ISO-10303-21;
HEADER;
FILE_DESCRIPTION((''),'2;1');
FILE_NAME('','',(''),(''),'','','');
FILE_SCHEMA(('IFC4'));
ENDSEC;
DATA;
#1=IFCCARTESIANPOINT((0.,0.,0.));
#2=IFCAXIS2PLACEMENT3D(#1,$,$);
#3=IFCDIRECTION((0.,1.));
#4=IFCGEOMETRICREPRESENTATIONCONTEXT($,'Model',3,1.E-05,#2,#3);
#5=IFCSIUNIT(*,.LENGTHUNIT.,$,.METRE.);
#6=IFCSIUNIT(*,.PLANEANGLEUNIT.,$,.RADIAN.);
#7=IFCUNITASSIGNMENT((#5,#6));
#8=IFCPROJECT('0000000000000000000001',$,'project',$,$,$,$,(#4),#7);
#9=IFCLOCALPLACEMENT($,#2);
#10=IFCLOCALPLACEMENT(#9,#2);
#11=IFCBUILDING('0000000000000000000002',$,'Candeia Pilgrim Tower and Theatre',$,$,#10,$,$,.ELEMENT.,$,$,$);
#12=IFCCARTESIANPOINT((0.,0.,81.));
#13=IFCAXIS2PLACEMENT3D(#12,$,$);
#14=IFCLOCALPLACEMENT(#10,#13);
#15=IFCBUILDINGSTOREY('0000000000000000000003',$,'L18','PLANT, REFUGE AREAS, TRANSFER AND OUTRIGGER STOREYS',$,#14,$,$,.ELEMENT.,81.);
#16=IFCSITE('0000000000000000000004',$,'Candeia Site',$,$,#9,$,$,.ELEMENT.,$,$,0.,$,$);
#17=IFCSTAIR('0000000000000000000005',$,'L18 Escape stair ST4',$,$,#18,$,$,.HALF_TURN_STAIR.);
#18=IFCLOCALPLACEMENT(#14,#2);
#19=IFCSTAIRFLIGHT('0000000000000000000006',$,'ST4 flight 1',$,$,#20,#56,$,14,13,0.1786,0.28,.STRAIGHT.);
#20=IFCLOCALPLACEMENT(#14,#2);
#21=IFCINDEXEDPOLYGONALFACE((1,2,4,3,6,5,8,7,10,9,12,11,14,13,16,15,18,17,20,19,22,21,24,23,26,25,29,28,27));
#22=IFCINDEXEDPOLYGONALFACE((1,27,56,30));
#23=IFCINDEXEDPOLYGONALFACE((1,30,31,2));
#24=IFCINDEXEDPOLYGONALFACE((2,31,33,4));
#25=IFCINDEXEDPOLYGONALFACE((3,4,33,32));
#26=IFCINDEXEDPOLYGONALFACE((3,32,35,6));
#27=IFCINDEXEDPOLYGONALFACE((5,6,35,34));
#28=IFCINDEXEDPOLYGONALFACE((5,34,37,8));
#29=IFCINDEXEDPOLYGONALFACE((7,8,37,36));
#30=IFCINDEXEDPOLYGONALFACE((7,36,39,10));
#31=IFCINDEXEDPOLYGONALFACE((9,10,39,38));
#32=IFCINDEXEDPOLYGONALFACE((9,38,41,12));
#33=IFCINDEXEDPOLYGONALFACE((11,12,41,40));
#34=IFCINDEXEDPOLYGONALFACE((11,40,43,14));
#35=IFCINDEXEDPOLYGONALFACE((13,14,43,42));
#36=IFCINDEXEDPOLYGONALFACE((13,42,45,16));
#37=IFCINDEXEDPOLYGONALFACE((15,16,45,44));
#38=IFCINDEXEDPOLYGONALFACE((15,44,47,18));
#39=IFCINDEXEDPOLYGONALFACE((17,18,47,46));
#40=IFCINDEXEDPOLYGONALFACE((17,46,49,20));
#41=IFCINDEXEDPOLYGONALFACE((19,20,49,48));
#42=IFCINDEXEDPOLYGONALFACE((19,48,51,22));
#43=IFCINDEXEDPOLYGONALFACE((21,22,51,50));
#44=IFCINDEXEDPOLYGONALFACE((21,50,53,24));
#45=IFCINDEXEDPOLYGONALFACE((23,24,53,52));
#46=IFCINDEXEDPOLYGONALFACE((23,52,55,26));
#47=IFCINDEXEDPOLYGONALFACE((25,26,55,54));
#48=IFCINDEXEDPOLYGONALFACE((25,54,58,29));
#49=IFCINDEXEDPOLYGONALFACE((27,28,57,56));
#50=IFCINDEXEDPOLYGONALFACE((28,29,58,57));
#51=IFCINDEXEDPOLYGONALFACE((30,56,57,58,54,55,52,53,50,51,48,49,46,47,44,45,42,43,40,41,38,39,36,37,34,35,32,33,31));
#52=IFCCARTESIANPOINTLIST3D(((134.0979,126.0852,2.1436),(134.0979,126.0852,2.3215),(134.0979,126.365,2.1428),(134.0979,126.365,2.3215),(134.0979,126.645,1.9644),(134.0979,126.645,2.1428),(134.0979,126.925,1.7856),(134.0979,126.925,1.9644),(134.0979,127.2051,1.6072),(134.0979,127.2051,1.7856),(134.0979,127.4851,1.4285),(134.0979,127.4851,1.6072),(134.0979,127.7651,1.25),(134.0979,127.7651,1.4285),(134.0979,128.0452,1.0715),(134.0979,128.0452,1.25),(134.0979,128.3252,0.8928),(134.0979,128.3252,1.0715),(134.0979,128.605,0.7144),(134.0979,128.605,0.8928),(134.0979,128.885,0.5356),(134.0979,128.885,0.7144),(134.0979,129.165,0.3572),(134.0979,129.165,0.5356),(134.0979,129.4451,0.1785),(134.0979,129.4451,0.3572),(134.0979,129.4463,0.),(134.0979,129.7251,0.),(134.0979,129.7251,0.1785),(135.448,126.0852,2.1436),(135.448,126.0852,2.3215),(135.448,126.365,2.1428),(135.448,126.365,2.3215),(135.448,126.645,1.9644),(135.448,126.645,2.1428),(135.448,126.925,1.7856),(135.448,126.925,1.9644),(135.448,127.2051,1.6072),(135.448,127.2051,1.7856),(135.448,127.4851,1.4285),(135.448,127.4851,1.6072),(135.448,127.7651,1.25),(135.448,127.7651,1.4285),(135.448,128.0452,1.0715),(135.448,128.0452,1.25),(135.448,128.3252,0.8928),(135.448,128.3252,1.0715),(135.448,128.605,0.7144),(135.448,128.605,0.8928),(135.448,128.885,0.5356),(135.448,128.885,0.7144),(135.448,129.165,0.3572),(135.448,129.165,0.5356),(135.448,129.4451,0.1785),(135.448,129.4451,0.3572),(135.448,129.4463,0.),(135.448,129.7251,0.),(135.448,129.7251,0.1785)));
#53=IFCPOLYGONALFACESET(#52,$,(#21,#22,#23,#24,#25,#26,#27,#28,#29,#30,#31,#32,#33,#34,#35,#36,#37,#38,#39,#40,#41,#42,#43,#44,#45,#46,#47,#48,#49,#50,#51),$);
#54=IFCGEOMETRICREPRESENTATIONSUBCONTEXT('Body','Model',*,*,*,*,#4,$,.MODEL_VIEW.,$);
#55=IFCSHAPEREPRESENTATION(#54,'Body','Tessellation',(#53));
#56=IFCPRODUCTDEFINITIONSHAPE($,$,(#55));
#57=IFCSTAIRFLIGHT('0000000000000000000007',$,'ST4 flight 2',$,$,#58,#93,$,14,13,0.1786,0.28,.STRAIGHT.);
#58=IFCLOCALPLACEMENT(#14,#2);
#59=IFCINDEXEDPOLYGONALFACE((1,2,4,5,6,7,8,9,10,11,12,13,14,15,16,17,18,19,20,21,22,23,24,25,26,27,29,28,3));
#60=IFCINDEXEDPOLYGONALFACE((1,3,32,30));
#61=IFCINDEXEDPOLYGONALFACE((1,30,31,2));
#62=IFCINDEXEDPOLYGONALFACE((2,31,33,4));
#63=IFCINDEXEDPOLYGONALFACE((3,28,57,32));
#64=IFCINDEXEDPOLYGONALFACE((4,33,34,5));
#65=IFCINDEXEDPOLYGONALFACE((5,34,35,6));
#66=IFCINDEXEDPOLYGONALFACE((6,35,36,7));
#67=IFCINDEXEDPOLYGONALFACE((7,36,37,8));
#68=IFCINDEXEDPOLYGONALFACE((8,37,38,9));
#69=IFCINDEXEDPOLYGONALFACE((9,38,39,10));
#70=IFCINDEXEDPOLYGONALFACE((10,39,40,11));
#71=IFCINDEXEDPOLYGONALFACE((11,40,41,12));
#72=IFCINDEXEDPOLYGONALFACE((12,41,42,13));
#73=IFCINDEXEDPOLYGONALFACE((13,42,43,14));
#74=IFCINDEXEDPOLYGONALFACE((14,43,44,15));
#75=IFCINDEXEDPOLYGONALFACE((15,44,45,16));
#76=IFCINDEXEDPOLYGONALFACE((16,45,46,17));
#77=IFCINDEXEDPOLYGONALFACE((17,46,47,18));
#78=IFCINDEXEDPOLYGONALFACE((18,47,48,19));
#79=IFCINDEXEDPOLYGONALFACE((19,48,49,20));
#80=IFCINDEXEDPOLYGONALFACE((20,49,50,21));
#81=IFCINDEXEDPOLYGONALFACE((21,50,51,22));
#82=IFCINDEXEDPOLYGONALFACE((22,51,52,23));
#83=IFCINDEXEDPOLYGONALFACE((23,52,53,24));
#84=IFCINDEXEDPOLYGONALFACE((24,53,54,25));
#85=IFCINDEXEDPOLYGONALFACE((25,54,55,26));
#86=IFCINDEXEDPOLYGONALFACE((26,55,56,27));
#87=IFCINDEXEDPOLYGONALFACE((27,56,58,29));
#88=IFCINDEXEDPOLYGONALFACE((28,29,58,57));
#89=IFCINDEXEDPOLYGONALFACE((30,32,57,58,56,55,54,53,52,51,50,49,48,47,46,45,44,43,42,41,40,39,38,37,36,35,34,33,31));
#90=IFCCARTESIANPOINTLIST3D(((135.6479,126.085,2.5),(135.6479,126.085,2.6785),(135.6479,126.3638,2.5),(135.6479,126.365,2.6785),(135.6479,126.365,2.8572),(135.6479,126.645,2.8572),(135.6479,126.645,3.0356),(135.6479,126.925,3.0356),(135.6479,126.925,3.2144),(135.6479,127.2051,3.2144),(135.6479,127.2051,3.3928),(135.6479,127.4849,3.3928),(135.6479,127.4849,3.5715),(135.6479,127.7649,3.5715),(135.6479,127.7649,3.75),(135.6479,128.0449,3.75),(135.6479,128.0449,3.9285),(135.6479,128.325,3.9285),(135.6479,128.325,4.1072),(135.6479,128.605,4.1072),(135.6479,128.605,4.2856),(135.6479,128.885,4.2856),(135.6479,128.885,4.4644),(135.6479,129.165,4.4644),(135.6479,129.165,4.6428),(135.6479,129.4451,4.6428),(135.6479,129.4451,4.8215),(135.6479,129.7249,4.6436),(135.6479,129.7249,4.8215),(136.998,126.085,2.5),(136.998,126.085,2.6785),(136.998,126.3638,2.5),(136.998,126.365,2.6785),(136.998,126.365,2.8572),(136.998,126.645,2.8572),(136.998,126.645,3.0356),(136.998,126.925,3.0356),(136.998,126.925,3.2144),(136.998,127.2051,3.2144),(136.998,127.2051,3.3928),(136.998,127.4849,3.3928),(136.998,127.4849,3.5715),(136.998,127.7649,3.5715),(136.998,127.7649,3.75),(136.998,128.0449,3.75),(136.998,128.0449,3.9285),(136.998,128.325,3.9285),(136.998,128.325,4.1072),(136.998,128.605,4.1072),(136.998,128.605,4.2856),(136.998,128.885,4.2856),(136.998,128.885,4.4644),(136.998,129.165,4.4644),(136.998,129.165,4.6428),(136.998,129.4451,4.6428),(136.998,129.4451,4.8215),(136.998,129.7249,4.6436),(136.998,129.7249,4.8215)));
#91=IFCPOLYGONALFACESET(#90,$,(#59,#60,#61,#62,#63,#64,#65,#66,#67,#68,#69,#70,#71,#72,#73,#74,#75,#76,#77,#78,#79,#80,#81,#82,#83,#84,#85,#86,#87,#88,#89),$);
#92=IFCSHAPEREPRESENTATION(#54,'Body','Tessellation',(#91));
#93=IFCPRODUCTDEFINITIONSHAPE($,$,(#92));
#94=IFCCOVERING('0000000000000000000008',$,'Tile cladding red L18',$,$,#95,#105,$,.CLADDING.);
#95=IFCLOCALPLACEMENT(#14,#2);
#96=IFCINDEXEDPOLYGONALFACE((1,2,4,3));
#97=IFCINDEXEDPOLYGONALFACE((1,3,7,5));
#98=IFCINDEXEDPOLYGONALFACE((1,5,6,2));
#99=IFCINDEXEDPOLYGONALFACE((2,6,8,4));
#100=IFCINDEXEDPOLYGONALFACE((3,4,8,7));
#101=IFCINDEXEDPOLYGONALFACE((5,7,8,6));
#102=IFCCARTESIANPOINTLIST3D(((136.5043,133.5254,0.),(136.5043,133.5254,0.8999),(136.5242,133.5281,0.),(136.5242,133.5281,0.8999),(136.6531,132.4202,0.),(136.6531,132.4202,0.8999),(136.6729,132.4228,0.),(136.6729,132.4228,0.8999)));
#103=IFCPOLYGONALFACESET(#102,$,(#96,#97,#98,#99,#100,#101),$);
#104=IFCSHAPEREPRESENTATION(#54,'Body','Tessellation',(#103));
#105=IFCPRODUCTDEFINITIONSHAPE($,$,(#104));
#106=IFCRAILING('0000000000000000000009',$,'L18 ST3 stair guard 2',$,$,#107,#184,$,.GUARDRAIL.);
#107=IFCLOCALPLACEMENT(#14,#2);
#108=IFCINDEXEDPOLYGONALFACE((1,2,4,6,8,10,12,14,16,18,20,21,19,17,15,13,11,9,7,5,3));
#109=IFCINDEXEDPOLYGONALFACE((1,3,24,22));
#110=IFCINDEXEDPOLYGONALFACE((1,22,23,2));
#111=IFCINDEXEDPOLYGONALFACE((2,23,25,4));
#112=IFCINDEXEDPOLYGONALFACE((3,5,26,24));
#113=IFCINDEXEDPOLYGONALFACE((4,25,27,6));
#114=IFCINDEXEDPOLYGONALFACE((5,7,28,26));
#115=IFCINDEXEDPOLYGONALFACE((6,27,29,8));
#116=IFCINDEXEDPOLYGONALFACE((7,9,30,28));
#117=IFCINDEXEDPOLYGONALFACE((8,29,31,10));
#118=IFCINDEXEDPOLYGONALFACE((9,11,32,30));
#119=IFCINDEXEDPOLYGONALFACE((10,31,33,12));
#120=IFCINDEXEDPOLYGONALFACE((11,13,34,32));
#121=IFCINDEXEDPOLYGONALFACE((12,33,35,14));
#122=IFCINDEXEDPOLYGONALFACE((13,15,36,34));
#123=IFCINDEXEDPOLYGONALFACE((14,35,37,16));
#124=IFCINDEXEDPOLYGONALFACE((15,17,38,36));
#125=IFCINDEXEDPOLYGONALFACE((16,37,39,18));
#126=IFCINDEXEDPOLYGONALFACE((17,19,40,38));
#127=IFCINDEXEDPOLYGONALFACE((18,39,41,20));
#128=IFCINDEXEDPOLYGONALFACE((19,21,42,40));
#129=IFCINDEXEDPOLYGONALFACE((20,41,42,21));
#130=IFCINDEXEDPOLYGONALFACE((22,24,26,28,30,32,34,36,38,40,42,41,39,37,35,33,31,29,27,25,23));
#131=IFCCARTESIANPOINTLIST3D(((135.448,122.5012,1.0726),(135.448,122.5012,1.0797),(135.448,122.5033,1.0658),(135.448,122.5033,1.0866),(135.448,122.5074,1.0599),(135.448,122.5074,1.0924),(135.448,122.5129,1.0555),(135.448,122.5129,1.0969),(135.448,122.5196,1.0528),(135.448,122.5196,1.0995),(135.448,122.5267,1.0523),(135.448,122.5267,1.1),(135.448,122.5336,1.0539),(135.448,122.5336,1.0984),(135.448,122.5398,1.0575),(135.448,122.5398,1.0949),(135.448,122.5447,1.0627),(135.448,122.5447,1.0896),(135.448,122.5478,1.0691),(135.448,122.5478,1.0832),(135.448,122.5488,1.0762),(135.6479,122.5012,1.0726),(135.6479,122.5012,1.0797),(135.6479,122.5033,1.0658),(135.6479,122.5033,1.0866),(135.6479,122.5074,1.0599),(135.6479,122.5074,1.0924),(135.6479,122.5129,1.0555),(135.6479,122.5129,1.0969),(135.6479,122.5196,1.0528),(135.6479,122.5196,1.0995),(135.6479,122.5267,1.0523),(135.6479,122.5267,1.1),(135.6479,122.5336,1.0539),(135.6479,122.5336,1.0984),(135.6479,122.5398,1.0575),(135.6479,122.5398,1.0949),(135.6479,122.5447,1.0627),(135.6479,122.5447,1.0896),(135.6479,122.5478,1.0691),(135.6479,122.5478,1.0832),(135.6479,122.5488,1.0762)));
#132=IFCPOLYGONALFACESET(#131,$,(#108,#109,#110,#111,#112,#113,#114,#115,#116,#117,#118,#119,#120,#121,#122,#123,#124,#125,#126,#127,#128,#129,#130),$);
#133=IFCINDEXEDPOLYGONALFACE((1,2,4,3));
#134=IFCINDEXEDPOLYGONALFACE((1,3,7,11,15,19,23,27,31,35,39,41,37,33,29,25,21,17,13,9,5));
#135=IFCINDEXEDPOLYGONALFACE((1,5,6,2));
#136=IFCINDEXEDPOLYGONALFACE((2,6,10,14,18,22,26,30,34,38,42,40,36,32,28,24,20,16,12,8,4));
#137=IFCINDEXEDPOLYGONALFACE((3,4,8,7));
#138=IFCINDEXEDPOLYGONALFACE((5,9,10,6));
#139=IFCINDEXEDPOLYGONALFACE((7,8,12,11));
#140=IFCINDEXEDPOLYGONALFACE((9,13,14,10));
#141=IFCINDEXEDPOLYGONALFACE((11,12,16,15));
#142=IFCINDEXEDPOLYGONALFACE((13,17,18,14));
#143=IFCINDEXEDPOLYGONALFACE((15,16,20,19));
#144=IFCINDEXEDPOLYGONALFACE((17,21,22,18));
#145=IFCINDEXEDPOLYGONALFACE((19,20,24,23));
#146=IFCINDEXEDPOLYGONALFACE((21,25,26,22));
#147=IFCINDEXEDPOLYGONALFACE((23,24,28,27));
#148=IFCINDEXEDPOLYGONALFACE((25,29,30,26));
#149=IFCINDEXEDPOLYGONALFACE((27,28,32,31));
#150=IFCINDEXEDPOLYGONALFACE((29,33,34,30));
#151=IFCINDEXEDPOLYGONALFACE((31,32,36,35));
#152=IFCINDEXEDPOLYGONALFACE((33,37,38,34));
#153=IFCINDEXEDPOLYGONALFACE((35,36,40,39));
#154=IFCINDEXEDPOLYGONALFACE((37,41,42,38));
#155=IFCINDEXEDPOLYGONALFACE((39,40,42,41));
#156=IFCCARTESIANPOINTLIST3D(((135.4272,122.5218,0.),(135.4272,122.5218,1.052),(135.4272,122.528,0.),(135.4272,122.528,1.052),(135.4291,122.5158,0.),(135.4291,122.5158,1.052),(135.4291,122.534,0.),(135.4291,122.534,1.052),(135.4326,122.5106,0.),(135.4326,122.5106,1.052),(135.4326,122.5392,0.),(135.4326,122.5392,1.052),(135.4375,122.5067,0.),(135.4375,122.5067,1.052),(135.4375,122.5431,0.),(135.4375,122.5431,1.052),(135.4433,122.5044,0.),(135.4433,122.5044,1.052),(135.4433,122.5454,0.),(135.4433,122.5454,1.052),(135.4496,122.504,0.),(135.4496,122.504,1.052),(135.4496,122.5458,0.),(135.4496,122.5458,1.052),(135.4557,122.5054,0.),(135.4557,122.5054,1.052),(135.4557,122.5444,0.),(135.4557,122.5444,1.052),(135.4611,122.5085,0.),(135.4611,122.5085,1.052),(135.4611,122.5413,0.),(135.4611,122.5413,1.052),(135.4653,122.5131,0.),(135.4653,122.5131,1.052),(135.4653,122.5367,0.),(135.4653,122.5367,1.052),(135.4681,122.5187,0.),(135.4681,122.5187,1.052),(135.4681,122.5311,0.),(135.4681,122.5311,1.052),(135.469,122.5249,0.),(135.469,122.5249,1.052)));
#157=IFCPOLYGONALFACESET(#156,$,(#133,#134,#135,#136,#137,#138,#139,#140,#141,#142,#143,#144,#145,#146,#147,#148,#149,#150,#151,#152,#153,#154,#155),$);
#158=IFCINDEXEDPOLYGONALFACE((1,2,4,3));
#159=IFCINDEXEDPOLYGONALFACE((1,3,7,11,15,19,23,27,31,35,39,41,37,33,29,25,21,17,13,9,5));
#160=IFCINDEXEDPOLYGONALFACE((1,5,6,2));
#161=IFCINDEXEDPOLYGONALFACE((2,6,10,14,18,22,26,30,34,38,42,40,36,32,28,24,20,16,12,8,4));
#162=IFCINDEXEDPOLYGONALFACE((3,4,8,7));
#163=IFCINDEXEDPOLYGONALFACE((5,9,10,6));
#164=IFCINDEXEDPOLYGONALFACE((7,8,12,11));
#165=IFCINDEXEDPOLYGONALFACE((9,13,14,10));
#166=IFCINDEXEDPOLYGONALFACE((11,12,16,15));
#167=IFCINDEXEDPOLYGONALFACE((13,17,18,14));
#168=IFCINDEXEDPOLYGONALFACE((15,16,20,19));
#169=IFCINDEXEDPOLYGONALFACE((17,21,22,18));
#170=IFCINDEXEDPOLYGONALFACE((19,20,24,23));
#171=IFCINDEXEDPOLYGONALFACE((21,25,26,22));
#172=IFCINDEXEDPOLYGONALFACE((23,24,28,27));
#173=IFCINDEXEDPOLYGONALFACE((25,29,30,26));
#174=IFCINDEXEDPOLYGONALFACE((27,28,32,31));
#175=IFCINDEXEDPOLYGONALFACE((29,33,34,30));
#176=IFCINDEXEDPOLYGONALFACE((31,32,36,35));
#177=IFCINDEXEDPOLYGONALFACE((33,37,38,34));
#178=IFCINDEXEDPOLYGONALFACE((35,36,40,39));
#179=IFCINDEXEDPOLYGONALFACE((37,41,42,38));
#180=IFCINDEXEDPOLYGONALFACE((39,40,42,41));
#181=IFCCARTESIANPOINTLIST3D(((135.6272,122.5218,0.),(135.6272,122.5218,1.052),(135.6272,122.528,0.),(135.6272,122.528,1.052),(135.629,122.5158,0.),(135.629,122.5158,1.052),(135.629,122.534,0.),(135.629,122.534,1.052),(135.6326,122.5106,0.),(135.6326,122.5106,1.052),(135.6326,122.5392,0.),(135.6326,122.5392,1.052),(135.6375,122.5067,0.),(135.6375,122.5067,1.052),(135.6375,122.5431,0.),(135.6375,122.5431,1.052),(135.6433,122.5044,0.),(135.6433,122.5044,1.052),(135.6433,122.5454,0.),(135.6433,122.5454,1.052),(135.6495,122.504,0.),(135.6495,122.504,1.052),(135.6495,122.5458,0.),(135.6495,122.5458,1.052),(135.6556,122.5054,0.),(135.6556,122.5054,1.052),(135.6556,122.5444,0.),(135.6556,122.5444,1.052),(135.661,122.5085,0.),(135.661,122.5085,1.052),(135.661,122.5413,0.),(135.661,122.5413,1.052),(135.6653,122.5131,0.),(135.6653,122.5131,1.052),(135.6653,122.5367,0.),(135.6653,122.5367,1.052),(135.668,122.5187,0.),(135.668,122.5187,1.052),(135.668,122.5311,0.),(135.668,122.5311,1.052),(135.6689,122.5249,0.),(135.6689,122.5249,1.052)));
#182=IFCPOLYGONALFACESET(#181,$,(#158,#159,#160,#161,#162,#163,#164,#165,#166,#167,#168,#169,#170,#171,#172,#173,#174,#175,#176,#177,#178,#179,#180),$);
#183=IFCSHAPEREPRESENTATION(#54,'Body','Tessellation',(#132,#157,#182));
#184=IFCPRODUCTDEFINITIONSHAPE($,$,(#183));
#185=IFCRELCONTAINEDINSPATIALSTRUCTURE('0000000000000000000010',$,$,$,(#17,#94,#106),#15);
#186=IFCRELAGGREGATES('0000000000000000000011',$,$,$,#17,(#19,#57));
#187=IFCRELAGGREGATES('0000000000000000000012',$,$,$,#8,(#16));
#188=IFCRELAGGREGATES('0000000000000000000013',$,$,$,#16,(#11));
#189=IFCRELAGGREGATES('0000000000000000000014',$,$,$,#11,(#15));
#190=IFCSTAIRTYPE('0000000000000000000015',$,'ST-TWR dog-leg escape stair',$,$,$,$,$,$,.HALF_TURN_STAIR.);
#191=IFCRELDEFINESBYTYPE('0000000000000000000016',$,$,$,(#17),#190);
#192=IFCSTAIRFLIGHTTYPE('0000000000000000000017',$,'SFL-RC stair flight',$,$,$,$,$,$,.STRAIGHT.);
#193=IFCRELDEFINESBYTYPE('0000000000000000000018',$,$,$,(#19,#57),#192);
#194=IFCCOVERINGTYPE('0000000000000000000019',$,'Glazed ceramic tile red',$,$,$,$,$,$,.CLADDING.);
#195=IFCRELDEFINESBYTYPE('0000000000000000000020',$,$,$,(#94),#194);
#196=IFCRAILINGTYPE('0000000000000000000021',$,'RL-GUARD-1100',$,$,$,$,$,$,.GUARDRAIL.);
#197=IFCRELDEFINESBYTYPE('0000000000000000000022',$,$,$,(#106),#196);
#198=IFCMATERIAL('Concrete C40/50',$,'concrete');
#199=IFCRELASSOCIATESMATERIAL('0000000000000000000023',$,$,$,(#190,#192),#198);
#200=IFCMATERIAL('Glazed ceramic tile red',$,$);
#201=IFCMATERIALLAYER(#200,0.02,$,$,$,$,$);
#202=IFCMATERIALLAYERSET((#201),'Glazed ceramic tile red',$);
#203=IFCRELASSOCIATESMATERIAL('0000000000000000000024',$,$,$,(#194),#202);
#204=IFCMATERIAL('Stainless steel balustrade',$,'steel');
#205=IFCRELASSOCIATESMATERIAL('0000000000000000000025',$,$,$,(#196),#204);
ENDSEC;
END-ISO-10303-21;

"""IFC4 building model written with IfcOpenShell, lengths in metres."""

from ifc_helpers import new_model, si_unit, direction, frame, origin, origin_2d, place, context, subcontext, project, spatial, polyline, rectangle, circle, outline, extrude, material, layer, layer_set, type_object, element, aggregate, save


model = new_model("IFC4")

# Units and contexts
model_context = context("Model", 3, precision=1e-05, world=origin(), true_north=direction((0.0, 1.0)))
body_context = subcontext(model_context, "Body", "Model", "MODEL_VIEW")
ifc_project = project(units=[si_unit("LENGTHUNIT", "METRE"), si_unit("PLANEANGLEUNIT", "RADIAN")], contexts=[model_context])

# Site, building, storey
site_placement = place(None, origin())
site = spatial("IfcSite", under=ifc_project, at=site_placement, Name="Candeia Site", CompositionType="ELEMENT", RefElevation=0.0)
building_placement = place(site_placement, origin())
building = spatial("IfcBuilding", under=site, at=building_placement, Name="Candeia Pilgrim Tower and Theatre", CompositionType="ELEMENT")
storey_placement = place(building_placement, frame((0.0, 0.0, 81.0)))
storey = spatial("IfcBuildingStorey", under=building, at=storey_placement, Name="L18", Description="PLANT, REFUGE AREAS, TRANSFER AND OUTRIGGER STOREYS", CompositionType="ELEMENT", Elevation=81.0)

# Shared definitions
ifc_material_1 = material(Name="Concrete C40/50", Category="concrete")

# Stair, stair flights
stair_type = type_object("IfcStairType", Name="ST-TWR dog-leg escape stair", PredefinedType="HALF_TURN_STAIR", material=ifc_material_1)
stair_flight_type = type_object("IfcStairFlightType", Name="SFL-RC stair flight", PredefinedType="STRAIGHT", material=ifc_material_1)
stair_1_placement = place(storey_placement, origin())
stair_1 = element("IfcStair", 1, at=stair_1_placement, inside=storey, type_object=stair_type, Name="L18 Escape stair ST4", PredefinedType="HALF_TURN_STAIR")
stair_flight_1_placement = place(storey_placement, frame((134.7729, 129.7251, 0.0), z_axis=(0.0, 0.0, 1.0), x_axis=(0.0, -1.0, 0.0)))
stair_flight_1 = element("IfcStairFlight", 2, at=stair_flight_1_placement, type_object=stair_flight_type, Name="ST4 flight 1", NumberOfRisers=14, NumberOfTreads=13, PredefinedType="STRAIGHT", RiserHeight=0.1786, TreadLength=0.28, context=body_context, shape_type="SweptSolid", body=[
    extrude(outline(polyline([(0.0, 0.0), (0.0, 0.1785), (0.28, 0.1785), (0.28, 0.3572), (0.5601, 0.3572), (0.5601, 0.5356), (0.8401, 0.5356), (0.8401, 0.7144), (1.1201, 0.7144), (1.1201, 0.8928), (1.3999, 0.8928), (1.3999, 1.0715), (1.6799, 1.0715), (1.6799, 1.25), (1.96, 1.25), (1.96, 1.4285), (2.24, 1.4285), (2.24, 1.6072), (2.52, 1.6072), (2.52, 1.7856), (2.8, 1.7856), (2.8, 1.9644), (3.0801, 1.9644), (3.0801, 2.1428), (3.3601, 2.1428), (3.3601, 2.3215), (3.6399, 2.3215), (3.6399, 2.5), (3.6399, 2.1436), (0.2788, 0.0), (0.0, 0.0)])), frame((0.0, 0.675, 0.0), z_axis=(0.0, -1.0, 0.0), x_axis=(1.0, 0.0, 0.0)), (0.0, 0.0, 1.0), 1.3501),
])
stair_flight_2_placement = place(storey_placement, frame((136.323, 126.085, 2.5), z_axis=(0.0, 0.0, 1.0), x_axis=(0.0, 1.0, 0.0)))
stair_flight_2 = element("IfcStairFlight", 3, at=stair_flight_2_placement, type_object=stair_flight_type, Name="ST4 flight 2", NumberOfRisers=14, NumberOfTreads=13, PredefinedType="STRAIGHT", RiserHeight=0.1786, TreadLength=0.28, context=body_context, shape_type="SweptSolid", body=[
    extrude(outline(polyline([(0.0, 0.0), (0.0, 0.1785), (0.28, 0.1785), (0.28, 0.3572), (0.5601, 0.3572), (0.5601, 0.5356), (0.8401, 0.5356), (0.8401, 0.7144), (1.1201, 0.7144), (1.1201, 0.8928), (1.3999, 0.8928), (1.3999, 1.0715), (1.6799, 1.0715), (1.6799, 1.25), (1.96, 1.25), (1.96, 1.4285), (2.24, 1.4285), (2.24, 1.6072), (2.52, 1.6072), (2.52, 1.7856), (2.8, 1.7856), (2.8, 1.9644), (3.0801, 1.9644), (3.0801, 2.1428), (3.3601, 2.1428), (3.3601, 2.3215), (3.6399, 2.3215), (3.6399, 2.5), (3.6399, 2.1436), (0.2788, 0.0), (0.0, 0.0)])), frame((0.0, 0.675, 0.0), z_axis=(0.0, -1.0, 0.0), x_axis=(1.0, 0.0, 0.0)), (0.0, 0.0, 1.0), 1.3501),
])
aggregate(stair_1, [stair_flight_1, stair_flight_2])

# Covering
ifc_material_2 = material(Name="Glazed ceramic tile red")
ifc_layer_1 = layer(ifc_material_2, 0.02)
ifc_layer_set_1 = layer_set([ifc_layer_1], Name="Glazed ceramic tile red")
covering_type = type_object("IfcCoveringType", Name="Glazed ceramic tile red", PredefinedType="CLADDING", material=ifc_layer_set_1)
covering_placement = place(storey_placement, frame((136.5886, 132.9741, 0.0), z_axis=(0.0, 0.0, 1.0), x_axis=(-0.133412, 0.991061, 0.0)))
element("IfcCovering", 4, at=covering_placement, inside=storey, type_object=covering_type, Name="Tile cladding red L18", PredefinedType="CLADDING", context=body_context, shape_type="SweptSolid", body=[
    extrude(rectangle(XDim=1.1152, YDim=0.02, at=origin_2d()), origin(), (0.0, 0.0, 1.0), 0.8999),
])

# Railing
ifc_material_3 = material(Name="Stainless steel balustrade", Category="steel")
railing_type_1 = type_object("IfcRailingType", Name="RL-GUARD-1100", PredefinedType="GUARDRAIL", material=ifc_material_3)
railing_1_placement = place(storey_placement, frame((135.448, 122.5249, 0.0)))
element("IfcRailing", 5, at=railing_1_placement, inside=storey, type_object=railing_type_1, Name="L18 ST3 stair guard 2", PredefinedType="GUARDRAIL", context=body_context, shape_type="SweptSolid", body=[
    extrude(circle(Radius=0.0239, at=origin_2d()), frame((0.0, 0.0, 1.0762), z_axis=(1.0, 0.0, 0.0), x_axis=(0.0, 1.0, 0.0)), (0.0, 0.0, 1.0), 0.2),
    extrude(circle(Radius=0.021, at=origin_2d()), origin(), (0.0, 0.0, 1.0), 1.052),
    extrude(circle(Radius=0.021, at=origin_2d()), frame((0.2, 0.0, 0.0)), (0.0, 0.0, 1.0), 1.052),
])

save(model, "model.ifc")
